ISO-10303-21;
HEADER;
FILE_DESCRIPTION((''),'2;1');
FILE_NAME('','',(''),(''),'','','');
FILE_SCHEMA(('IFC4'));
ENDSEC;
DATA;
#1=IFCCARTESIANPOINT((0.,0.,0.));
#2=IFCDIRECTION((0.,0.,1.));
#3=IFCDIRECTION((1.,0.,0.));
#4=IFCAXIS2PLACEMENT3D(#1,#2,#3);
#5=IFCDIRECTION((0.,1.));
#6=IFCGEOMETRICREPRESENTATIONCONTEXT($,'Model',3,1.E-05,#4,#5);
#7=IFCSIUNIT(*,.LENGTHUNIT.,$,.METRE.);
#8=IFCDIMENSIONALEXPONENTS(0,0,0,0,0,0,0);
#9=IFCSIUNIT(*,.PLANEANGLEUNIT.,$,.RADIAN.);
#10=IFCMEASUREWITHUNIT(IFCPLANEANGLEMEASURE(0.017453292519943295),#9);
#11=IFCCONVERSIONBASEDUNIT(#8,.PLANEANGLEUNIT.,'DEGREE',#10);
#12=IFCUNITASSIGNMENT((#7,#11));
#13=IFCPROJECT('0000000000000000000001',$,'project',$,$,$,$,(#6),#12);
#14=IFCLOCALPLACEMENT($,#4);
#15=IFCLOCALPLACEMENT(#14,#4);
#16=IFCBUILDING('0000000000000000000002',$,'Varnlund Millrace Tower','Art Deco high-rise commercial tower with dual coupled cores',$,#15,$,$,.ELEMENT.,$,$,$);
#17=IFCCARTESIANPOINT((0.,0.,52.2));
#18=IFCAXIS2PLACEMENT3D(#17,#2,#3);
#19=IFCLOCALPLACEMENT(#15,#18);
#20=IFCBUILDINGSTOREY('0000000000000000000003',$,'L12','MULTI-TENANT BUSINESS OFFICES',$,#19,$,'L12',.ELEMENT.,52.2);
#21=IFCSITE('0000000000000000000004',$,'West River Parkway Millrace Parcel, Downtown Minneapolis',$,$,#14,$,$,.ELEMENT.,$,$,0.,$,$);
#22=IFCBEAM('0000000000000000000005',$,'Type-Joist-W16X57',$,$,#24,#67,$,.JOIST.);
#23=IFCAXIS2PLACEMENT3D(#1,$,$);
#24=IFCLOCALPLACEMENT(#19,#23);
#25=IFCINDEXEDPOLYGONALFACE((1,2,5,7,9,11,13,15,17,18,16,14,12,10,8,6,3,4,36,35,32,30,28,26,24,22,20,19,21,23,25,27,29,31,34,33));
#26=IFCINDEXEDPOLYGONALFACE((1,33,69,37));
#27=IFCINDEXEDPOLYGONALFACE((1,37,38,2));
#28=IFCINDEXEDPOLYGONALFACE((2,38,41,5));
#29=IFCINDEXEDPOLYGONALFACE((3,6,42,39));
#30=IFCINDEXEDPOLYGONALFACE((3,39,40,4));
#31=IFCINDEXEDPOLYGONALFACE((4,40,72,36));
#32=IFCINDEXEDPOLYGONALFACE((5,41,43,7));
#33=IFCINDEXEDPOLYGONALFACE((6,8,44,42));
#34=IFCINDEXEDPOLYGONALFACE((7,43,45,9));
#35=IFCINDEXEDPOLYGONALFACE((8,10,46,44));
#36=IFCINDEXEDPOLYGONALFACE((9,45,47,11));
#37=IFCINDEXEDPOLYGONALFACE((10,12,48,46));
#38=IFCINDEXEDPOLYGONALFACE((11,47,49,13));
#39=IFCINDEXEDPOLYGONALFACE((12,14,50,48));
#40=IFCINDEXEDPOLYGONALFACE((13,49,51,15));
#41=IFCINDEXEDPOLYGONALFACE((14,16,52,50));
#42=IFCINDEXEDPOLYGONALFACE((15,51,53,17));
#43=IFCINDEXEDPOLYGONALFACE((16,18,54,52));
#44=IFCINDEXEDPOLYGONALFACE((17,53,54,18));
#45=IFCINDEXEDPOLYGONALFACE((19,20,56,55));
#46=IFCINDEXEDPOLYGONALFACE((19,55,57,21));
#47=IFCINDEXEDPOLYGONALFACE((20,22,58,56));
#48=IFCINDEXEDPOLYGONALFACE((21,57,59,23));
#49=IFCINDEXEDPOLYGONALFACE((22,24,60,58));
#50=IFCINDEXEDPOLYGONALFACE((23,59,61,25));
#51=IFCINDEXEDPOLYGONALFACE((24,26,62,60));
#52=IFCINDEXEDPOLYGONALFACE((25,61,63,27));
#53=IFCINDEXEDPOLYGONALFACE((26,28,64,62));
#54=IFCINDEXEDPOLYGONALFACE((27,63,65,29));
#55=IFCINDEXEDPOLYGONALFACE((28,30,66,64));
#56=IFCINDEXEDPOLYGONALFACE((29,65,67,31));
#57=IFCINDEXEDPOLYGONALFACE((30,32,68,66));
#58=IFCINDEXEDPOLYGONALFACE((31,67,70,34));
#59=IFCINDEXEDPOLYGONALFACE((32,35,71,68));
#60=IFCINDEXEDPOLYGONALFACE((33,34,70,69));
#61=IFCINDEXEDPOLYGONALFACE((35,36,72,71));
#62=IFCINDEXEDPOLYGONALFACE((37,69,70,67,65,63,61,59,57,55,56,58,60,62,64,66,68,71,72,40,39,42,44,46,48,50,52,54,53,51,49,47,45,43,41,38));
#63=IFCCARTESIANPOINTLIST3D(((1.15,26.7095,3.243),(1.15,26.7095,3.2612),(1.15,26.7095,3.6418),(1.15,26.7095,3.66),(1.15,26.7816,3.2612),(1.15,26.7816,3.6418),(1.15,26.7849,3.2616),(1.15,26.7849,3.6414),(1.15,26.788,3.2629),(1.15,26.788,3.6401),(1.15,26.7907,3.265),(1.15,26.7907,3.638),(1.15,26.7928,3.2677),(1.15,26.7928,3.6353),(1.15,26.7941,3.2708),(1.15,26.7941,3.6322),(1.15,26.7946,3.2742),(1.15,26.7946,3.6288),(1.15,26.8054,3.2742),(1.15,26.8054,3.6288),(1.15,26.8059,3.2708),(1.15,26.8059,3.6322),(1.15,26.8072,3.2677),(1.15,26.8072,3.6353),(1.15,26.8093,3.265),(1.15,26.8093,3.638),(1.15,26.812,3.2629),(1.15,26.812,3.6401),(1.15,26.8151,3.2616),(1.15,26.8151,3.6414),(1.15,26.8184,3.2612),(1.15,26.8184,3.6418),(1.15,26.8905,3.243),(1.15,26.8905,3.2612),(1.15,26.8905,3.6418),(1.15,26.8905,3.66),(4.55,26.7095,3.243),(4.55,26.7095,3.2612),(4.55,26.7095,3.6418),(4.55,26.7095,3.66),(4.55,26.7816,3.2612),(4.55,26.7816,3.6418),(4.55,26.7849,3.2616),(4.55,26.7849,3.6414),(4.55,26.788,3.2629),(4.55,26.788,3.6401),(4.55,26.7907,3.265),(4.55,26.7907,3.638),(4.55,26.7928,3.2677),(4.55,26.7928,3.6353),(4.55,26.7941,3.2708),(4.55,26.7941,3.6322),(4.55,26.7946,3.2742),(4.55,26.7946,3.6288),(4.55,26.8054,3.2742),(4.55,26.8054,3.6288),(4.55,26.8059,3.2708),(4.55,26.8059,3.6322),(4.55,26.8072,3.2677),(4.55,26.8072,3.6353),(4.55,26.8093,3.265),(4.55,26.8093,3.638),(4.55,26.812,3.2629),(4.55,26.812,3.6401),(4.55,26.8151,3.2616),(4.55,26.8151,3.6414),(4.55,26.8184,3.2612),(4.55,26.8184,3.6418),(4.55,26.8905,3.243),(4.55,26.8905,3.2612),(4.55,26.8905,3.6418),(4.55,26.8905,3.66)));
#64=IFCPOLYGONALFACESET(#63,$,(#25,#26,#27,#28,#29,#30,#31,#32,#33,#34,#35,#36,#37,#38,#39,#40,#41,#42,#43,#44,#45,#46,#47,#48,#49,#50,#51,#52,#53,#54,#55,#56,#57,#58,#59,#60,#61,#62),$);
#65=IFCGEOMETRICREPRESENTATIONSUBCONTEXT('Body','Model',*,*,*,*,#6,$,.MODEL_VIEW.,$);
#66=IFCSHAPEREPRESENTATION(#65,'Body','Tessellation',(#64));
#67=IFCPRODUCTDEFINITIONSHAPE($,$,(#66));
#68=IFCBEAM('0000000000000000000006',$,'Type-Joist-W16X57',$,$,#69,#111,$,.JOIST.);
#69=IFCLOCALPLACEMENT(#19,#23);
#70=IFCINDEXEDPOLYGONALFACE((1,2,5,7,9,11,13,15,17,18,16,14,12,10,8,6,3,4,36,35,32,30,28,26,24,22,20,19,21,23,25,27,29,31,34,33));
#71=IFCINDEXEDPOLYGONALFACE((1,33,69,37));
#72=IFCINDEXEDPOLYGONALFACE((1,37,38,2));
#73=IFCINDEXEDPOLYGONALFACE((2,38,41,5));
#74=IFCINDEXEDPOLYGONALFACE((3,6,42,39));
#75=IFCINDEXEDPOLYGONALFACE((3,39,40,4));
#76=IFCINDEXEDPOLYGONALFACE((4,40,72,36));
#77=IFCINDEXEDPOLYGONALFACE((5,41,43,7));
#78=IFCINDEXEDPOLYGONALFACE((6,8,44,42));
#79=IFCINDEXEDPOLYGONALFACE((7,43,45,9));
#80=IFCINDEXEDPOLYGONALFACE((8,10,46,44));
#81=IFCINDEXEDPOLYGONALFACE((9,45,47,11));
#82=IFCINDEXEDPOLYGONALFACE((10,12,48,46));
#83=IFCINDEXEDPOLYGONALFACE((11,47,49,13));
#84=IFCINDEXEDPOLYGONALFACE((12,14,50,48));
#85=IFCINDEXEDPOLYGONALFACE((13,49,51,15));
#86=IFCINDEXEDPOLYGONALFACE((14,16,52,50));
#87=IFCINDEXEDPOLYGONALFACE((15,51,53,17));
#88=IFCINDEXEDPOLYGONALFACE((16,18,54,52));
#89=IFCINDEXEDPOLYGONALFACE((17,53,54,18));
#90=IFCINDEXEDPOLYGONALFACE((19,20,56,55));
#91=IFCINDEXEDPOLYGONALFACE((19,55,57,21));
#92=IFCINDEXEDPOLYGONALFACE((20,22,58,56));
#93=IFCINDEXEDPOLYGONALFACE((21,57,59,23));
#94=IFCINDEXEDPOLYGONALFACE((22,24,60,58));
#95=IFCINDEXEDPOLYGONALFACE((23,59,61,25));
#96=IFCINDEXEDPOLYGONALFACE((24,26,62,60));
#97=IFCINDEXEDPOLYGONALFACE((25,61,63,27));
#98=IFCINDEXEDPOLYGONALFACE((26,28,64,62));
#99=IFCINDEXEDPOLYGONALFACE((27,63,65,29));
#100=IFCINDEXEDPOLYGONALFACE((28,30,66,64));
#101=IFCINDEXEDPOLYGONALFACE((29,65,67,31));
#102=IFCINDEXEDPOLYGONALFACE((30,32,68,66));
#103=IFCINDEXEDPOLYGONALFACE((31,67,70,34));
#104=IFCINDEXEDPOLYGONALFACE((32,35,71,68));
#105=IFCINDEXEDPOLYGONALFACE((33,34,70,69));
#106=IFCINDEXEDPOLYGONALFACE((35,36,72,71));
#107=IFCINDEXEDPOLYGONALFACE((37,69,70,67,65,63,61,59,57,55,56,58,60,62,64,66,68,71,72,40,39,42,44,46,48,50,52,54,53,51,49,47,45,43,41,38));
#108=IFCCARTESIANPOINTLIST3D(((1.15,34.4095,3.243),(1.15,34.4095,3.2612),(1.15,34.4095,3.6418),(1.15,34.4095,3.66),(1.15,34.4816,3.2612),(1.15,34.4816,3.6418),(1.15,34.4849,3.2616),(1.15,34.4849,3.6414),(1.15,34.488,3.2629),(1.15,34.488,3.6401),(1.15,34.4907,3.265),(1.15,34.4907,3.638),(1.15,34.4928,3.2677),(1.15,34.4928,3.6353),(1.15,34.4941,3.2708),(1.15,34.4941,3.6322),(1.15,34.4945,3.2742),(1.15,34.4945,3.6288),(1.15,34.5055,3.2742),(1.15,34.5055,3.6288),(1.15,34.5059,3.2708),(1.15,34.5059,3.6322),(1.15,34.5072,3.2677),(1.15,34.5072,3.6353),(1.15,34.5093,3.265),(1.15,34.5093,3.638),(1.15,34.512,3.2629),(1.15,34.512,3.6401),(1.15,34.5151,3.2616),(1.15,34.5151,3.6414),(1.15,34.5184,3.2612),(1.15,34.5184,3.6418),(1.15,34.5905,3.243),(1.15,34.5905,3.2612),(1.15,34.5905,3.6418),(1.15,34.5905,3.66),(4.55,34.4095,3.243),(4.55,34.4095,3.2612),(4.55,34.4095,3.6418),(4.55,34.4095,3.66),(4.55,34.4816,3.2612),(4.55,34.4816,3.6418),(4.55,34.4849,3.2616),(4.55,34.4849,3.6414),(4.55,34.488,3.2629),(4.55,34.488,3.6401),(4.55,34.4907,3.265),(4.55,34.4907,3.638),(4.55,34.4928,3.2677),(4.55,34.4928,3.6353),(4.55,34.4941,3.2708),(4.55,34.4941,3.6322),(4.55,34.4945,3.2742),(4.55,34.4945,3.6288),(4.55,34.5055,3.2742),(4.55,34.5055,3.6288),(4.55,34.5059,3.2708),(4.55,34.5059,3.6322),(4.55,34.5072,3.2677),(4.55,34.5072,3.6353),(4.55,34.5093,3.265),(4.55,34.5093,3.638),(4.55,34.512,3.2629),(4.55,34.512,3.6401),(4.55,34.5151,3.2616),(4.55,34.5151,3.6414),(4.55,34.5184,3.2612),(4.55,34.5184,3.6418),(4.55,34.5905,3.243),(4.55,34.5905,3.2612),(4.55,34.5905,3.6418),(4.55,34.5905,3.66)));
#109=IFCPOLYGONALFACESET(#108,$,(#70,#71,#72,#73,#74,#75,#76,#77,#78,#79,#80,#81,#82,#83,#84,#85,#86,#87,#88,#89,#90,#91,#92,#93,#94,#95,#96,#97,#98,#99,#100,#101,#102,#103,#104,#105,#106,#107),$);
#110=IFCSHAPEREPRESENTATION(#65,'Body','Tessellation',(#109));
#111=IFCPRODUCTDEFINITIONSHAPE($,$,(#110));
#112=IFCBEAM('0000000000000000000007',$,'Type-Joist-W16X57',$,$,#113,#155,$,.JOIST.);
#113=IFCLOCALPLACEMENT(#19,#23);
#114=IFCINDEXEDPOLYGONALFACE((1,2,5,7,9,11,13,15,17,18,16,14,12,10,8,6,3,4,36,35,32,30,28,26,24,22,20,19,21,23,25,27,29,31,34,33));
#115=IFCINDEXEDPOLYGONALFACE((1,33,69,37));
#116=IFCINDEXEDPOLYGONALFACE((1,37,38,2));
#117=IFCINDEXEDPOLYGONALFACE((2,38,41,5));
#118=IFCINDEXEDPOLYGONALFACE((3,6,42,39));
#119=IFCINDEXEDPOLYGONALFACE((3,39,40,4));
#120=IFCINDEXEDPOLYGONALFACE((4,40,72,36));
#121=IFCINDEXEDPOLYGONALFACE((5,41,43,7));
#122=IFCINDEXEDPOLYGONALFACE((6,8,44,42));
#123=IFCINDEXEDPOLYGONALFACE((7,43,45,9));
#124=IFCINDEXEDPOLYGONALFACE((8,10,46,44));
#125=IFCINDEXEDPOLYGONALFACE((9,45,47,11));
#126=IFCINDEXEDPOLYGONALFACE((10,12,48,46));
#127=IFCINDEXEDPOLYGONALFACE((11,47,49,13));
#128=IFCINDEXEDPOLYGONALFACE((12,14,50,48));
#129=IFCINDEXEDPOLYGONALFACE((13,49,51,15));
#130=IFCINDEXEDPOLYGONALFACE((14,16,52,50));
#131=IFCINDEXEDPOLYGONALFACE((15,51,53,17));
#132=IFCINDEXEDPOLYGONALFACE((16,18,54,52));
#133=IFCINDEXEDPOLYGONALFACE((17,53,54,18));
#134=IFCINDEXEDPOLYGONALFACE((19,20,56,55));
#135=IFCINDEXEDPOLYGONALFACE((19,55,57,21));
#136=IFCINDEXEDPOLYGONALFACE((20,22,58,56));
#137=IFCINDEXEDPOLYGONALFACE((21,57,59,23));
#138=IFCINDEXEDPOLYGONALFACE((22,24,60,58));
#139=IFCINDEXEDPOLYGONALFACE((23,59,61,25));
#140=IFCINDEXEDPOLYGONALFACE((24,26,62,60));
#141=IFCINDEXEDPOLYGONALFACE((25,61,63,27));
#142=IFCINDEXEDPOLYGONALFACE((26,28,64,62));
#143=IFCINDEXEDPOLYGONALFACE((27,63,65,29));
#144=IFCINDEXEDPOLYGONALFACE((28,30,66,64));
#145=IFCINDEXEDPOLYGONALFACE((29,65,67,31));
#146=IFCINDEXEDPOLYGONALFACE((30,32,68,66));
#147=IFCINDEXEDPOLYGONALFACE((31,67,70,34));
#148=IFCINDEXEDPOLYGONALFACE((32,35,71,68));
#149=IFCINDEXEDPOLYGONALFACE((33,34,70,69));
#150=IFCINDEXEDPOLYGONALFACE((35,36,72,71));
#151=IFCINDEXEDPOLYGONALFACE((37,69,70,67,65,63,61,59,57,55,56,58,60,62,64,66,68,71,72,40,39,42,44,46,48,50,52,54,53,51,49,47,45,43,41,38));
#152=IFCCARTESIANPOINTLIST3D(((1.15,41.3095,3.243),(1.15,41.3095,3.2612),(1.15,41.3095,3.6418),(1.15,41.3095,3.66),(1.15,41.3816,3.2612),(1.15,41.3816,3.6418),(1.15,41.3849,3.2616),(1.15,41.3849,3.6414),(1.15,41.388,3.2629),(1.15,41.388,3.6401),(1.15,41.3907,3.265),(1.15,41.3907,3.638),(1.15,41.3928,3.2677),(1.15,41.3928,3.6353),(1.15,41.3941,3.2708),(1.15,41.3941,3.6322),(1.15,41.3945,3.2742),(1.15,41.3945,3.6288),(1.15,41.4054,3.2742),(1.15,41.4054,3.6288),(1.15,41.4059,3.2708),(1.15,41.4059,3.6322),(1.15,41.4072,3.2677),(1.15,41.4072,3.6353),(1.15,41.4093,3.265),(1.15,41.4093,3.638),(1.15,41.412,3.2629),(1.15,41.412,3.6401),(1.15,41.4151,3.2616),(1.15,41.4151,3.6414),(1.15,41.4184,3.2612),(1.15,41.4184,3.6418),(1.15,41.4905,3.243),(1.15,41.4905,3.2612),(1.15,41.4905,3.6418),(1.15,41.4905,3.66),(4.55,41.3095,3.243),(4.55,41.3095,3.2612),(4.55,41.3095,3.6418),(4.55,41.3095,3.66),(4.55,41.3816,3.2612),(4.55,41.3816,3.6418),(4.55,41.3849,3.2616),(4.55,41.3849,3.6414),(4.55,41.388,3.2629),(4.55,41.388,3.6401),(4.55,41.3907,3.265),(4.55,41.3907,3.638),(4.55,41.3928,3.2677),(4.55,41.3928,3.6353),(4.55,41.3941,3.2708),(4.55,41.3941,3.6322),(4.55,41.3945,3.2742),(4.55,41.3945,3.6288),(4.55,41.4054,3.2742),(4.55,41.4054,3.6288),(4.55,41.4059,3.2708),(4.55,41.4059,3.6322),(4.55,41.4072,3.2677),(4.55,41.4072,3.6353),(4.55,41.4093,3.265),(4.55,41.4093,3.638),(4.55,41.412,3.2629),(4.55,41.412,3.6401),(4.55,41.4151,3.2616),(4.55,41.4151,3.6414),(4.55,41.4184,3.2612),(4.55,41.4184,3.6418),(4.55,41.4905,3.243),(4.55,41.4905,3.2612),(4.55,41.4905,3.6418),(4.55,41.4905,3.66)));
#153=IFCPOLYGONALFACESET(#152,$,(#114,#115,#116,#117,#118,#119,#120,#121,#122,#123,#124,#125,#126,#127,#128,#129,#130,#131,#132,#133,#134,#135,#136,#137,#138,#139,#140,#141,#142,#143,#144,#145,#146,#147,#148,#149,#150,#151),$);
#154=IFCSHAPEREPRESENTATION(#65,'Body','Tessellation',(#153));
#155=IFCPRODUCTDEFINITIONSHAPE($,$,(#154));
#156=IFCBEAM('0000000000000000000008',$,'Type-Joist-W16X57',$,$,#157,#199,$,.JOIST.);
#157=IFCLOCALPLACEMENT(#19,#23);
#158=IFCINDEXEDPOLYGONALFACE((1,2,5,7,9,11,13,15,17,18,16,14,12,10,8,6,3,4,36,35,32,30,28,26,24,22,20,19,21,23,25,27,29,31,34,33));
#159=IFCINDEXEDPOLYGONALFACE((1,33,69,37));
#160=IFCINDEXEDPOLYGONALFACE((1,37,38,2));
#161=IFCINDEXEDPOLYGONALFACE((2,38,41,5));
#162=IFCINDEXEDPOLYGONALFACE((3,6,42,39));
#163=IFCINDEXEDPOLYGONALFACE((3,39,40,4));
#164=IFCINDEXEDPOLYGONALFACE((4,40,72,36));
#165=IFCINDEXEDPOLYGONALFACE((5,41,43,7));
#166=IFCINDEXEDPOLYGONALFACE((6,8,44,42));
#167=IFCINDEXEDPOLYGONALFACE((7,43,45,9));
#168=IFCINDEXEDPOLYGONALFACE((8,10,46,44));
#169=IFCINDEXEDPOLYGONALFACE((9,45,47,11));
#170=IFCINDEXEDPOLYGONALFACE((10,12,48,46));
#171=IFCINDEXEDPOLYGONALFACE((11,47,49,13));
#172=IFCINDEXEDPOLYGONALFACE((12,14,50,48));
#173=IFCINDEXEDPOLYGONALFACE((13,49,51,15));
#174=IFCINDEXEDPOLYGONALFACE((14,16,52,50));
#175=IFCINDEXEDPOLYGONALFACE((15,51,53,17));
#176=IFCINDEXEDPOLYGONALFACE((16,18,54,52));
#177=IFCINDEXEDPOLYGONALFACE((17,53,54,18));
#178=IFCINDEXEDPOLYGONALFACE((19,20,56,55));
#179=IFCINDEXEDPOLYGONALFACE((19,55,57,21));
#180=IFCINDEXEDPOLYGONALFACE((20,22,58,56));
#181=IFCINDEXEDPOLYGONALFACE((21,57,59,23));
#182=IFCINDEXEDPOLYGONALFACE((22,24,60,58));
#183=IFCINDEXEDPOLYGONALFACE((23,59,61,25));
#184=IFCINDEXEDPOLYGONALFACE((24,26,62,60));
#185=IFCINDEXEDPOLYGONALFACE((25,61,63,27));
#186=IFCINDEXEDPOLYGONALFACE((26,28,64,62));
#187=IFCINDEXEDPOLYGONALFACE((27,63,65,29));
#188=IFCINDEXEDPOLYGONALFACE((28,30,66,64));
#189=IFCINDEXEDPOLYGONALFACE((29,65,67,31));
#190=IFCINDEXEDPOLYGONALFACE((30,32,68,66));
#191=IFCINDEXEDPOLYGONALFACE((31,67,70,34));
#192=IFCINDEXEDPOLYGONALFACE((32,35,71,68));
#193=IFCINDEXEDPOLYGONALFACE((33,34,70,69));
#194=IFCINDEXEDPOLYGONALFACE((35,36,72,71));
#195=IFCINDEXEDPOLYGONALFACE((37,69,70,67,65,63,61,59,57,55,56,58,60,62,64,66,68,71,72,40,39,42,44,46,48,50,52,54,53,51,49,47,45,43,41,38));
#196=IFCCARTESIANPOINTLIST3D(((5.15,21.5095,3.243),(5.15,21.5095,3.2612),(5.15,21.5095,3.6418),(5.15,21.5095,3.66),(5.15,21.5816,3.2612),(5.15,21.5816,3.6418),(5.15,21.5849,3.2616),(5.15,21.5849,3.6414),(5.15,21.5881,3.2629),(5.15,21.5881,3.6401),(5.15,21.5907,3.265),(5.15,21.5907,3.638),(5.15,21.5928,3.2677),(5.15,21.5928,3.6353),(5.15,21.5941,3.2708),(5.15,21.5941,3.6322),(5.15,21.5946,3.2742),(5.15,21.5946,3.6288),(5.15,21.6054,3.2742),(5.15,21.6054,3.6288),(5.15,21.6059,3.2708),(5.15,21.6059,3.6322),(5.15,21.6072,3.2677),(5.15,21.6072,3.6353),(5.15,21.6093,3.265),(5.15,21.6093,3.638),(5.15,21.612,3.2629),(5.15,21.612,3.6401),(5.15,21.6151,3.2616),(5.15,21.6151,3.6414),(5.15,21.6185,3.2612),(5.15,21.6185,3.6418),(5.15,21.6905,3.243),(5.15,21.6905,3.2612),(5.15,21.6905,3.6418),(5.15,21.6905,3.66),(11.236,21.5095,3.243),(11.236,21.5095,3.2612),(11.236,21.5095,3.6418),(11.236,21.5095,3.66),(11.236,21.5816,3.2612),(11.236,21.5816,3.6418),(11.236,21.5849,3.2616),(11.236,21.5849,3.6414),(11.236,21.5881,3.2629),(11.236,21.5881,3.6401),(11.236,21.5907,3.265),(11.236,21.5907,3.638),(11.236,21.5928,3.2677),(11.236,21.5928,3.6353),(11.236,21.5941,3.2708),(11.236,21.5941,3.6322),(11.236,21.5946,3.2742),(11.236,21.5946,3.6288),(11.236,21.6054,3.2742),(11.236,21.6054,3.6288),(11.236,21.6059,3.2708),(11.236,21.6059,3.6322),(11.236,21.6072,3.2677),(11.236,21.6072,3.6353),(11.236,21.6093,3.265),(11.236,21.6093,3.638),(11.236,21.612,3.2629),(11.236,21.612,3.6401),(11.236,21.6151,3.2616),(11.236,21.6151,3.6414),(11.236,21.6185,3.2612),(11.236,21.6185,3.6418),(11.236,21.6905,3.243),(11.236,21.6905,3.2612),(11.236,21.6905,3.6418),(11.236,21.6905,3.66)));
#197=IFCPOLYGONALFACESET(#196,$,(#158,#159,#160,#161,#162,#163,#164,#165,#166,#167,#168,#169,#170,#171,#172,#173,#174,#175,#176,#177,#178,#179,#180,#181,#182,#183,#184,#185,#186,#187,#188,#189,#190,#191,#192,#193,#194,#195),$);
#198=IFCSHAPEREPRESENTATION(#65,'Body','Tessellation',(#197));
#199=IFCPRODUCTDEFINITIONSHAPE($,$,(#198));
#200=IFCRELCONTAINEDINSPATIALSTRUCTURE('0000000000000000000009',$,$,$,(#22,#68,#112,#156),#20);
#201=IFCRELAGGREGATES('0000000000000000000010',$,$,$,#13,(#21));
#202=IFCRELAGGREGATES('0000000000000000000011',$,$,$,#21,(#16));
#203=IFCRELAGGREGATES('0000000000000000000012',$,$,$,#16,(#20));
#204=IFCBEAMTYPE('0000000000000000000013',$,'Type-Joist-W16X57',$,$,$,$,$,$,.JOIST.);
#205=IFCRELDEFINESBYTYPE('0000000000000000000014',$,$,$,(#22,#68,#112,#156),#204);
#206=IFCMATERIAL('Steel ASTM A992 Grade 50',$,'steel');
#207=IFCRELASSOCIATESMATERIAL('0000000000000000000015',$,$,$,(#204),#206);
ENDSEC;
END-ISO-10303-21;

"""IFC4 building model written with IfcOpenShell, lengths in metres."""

from ifc_helpers import new_model, entity, si_unit, converted_unit, direction, frame, origin_with_axes, origin_2d_with_axis, place, context, subcontext, project, spatial, i_section, extrude, material, material_profile, profile_set, type_object, element, save


model = new_model("IFC4")

# Units and contexts
model_context = context("Model", 3, precision=1e-05, world=origin_with_axes(), true_north=direction((0.0, 1.0)))
body_context = subcontext(model_context, "Body", "Model", "MODEL_VIEW")
ifc_project = project(units=[si_unit("LENGTHUNIT", "METRE"), converted_unit("PLANEANGLEUNIT", "DEGREE", entity("IfcPlaneAngleMeasure", 0.017453292519943295), si_unit("PLANEANGLEUNIT", "RADIAN"), dimensions=[0, 0, 0, 0, 0, 0, 0])], contexts=[model_context])

# Site, building, storey
site_placement = place(None, origin_with_axes())
site = spatial("IfcSite", under=ifc_project, at=site_placement, Name="West River Parkway Millrace Parcel, Downtown Minneapolis", CompositionType="ELEMENT", RefElevation=0.0)
building_placement = place(site_placement, origin_with_axes())
building = spatial("IfcBuilding", under=site, at=building_placement, Name="Varnlund Millrace Tower", Description="Art Deco high-rise commercial tower with dual coupled cores", CompositionType="ELEMENT")
storey_placement = place(building_placement, frame((0.0, 0.0, 52.2), z_axis=(0.0, 0.0, 1.0), x_axis=(1.0, 0.0, 0.0)))
storey = spatial("IfcBuildingStorey", under=building, at=storey_placement, Name="L12", Description="MULTI-TENANT BUSINESS OFFICES", LongName="L12", CompositionType="ELEMENT", Elevation=52.2)

# Beams
ifc_material_1 = material(Name="Steel ASTM A992 Grade 50", Category="steel")
ifc_material_profile_1 = material_profile(ifc_material_1, i_section(OverallWidth=0.181, OverallDepth=0.417, WebThickness=0.0109, FlangeThickness=0.0182, FilletRadius=0.013, at=origin_2d_with_axis()), Name="Steel ASTM A992 Grade 50")
ifc_profile_set_1 = profile_set([ifc_material_profile_1], Name="Steel ASTM A992 Grade 50")
beam_type_1 = type_object("IfcBeamType", Name="Type-Joist-W16X57", PredefinedType="JOIST", material=ifc_profile_set_1)
for number, where, z_axis, x_axis, name in (
    (1, (1.15, 26.8, 3.4515), (1.0, 0.0, 0.0), (0.0, 1.0, 0.0), "Type-Joist-W16X57"),
    (2, (1.15, 34.5, 3.4515), (1.0, 0.0, 0.0), (0.0, 1.0, 0.0), "Type-Joist-W16X57"),
    (3, (1.15, 41.4, 3.4515), (1.0, 0.0, 0.0), (0.0, 1.0, 0.0), "Type-Joist-W16X57"),
):
    element("IfcBeam", number, at=place(storey_placement, frame(where, z_axis=z_axis, x_axis=x_axis)), inside=storey, type_object=beam_type_1, Name=name, PredefinedType="JOIST", context=body_context, shape_type="SweptSolid", body=[
        extrude(i_section(OverallWidth=0.181, OverallDepth=0.417, WebThickness=0.0109, FlangeThickness=0.0182, FilletRadius=0.013, at=origin_2d_with_axis()), origin_with_axes(), (0.0, 0.0, 1.0), 3.4),
    ])
for number, where, z_axis, x_axis, name in (
    (4, (5.15, 21.6, 3.4515), (1.0, 0.0, 0.0), (0.0, 1.0, 0.0), "Type-Joist-W16X57"),
):
    element("IfcBeam", number, at=place(storey_placement, frame(where, z_axis=z_axis, x_axis=x_axis)), inside=storey, type_object=beam_type_1, Name=name, PredefinedType="JOIST", context=body_context, shape_type="SweptSolid", body=[
        extrude(i_section(OverallWidth=0.181, OverallDepth=0.417, WebThickness=0.0109, FlangeThickness=0.0182, FilletRadius=0.013, at=origin_2d_with_axis()), origin_with_axes(), (0.0, 0.0, 1.0), 6.086),
    ])

save(model, "model.ifc")
